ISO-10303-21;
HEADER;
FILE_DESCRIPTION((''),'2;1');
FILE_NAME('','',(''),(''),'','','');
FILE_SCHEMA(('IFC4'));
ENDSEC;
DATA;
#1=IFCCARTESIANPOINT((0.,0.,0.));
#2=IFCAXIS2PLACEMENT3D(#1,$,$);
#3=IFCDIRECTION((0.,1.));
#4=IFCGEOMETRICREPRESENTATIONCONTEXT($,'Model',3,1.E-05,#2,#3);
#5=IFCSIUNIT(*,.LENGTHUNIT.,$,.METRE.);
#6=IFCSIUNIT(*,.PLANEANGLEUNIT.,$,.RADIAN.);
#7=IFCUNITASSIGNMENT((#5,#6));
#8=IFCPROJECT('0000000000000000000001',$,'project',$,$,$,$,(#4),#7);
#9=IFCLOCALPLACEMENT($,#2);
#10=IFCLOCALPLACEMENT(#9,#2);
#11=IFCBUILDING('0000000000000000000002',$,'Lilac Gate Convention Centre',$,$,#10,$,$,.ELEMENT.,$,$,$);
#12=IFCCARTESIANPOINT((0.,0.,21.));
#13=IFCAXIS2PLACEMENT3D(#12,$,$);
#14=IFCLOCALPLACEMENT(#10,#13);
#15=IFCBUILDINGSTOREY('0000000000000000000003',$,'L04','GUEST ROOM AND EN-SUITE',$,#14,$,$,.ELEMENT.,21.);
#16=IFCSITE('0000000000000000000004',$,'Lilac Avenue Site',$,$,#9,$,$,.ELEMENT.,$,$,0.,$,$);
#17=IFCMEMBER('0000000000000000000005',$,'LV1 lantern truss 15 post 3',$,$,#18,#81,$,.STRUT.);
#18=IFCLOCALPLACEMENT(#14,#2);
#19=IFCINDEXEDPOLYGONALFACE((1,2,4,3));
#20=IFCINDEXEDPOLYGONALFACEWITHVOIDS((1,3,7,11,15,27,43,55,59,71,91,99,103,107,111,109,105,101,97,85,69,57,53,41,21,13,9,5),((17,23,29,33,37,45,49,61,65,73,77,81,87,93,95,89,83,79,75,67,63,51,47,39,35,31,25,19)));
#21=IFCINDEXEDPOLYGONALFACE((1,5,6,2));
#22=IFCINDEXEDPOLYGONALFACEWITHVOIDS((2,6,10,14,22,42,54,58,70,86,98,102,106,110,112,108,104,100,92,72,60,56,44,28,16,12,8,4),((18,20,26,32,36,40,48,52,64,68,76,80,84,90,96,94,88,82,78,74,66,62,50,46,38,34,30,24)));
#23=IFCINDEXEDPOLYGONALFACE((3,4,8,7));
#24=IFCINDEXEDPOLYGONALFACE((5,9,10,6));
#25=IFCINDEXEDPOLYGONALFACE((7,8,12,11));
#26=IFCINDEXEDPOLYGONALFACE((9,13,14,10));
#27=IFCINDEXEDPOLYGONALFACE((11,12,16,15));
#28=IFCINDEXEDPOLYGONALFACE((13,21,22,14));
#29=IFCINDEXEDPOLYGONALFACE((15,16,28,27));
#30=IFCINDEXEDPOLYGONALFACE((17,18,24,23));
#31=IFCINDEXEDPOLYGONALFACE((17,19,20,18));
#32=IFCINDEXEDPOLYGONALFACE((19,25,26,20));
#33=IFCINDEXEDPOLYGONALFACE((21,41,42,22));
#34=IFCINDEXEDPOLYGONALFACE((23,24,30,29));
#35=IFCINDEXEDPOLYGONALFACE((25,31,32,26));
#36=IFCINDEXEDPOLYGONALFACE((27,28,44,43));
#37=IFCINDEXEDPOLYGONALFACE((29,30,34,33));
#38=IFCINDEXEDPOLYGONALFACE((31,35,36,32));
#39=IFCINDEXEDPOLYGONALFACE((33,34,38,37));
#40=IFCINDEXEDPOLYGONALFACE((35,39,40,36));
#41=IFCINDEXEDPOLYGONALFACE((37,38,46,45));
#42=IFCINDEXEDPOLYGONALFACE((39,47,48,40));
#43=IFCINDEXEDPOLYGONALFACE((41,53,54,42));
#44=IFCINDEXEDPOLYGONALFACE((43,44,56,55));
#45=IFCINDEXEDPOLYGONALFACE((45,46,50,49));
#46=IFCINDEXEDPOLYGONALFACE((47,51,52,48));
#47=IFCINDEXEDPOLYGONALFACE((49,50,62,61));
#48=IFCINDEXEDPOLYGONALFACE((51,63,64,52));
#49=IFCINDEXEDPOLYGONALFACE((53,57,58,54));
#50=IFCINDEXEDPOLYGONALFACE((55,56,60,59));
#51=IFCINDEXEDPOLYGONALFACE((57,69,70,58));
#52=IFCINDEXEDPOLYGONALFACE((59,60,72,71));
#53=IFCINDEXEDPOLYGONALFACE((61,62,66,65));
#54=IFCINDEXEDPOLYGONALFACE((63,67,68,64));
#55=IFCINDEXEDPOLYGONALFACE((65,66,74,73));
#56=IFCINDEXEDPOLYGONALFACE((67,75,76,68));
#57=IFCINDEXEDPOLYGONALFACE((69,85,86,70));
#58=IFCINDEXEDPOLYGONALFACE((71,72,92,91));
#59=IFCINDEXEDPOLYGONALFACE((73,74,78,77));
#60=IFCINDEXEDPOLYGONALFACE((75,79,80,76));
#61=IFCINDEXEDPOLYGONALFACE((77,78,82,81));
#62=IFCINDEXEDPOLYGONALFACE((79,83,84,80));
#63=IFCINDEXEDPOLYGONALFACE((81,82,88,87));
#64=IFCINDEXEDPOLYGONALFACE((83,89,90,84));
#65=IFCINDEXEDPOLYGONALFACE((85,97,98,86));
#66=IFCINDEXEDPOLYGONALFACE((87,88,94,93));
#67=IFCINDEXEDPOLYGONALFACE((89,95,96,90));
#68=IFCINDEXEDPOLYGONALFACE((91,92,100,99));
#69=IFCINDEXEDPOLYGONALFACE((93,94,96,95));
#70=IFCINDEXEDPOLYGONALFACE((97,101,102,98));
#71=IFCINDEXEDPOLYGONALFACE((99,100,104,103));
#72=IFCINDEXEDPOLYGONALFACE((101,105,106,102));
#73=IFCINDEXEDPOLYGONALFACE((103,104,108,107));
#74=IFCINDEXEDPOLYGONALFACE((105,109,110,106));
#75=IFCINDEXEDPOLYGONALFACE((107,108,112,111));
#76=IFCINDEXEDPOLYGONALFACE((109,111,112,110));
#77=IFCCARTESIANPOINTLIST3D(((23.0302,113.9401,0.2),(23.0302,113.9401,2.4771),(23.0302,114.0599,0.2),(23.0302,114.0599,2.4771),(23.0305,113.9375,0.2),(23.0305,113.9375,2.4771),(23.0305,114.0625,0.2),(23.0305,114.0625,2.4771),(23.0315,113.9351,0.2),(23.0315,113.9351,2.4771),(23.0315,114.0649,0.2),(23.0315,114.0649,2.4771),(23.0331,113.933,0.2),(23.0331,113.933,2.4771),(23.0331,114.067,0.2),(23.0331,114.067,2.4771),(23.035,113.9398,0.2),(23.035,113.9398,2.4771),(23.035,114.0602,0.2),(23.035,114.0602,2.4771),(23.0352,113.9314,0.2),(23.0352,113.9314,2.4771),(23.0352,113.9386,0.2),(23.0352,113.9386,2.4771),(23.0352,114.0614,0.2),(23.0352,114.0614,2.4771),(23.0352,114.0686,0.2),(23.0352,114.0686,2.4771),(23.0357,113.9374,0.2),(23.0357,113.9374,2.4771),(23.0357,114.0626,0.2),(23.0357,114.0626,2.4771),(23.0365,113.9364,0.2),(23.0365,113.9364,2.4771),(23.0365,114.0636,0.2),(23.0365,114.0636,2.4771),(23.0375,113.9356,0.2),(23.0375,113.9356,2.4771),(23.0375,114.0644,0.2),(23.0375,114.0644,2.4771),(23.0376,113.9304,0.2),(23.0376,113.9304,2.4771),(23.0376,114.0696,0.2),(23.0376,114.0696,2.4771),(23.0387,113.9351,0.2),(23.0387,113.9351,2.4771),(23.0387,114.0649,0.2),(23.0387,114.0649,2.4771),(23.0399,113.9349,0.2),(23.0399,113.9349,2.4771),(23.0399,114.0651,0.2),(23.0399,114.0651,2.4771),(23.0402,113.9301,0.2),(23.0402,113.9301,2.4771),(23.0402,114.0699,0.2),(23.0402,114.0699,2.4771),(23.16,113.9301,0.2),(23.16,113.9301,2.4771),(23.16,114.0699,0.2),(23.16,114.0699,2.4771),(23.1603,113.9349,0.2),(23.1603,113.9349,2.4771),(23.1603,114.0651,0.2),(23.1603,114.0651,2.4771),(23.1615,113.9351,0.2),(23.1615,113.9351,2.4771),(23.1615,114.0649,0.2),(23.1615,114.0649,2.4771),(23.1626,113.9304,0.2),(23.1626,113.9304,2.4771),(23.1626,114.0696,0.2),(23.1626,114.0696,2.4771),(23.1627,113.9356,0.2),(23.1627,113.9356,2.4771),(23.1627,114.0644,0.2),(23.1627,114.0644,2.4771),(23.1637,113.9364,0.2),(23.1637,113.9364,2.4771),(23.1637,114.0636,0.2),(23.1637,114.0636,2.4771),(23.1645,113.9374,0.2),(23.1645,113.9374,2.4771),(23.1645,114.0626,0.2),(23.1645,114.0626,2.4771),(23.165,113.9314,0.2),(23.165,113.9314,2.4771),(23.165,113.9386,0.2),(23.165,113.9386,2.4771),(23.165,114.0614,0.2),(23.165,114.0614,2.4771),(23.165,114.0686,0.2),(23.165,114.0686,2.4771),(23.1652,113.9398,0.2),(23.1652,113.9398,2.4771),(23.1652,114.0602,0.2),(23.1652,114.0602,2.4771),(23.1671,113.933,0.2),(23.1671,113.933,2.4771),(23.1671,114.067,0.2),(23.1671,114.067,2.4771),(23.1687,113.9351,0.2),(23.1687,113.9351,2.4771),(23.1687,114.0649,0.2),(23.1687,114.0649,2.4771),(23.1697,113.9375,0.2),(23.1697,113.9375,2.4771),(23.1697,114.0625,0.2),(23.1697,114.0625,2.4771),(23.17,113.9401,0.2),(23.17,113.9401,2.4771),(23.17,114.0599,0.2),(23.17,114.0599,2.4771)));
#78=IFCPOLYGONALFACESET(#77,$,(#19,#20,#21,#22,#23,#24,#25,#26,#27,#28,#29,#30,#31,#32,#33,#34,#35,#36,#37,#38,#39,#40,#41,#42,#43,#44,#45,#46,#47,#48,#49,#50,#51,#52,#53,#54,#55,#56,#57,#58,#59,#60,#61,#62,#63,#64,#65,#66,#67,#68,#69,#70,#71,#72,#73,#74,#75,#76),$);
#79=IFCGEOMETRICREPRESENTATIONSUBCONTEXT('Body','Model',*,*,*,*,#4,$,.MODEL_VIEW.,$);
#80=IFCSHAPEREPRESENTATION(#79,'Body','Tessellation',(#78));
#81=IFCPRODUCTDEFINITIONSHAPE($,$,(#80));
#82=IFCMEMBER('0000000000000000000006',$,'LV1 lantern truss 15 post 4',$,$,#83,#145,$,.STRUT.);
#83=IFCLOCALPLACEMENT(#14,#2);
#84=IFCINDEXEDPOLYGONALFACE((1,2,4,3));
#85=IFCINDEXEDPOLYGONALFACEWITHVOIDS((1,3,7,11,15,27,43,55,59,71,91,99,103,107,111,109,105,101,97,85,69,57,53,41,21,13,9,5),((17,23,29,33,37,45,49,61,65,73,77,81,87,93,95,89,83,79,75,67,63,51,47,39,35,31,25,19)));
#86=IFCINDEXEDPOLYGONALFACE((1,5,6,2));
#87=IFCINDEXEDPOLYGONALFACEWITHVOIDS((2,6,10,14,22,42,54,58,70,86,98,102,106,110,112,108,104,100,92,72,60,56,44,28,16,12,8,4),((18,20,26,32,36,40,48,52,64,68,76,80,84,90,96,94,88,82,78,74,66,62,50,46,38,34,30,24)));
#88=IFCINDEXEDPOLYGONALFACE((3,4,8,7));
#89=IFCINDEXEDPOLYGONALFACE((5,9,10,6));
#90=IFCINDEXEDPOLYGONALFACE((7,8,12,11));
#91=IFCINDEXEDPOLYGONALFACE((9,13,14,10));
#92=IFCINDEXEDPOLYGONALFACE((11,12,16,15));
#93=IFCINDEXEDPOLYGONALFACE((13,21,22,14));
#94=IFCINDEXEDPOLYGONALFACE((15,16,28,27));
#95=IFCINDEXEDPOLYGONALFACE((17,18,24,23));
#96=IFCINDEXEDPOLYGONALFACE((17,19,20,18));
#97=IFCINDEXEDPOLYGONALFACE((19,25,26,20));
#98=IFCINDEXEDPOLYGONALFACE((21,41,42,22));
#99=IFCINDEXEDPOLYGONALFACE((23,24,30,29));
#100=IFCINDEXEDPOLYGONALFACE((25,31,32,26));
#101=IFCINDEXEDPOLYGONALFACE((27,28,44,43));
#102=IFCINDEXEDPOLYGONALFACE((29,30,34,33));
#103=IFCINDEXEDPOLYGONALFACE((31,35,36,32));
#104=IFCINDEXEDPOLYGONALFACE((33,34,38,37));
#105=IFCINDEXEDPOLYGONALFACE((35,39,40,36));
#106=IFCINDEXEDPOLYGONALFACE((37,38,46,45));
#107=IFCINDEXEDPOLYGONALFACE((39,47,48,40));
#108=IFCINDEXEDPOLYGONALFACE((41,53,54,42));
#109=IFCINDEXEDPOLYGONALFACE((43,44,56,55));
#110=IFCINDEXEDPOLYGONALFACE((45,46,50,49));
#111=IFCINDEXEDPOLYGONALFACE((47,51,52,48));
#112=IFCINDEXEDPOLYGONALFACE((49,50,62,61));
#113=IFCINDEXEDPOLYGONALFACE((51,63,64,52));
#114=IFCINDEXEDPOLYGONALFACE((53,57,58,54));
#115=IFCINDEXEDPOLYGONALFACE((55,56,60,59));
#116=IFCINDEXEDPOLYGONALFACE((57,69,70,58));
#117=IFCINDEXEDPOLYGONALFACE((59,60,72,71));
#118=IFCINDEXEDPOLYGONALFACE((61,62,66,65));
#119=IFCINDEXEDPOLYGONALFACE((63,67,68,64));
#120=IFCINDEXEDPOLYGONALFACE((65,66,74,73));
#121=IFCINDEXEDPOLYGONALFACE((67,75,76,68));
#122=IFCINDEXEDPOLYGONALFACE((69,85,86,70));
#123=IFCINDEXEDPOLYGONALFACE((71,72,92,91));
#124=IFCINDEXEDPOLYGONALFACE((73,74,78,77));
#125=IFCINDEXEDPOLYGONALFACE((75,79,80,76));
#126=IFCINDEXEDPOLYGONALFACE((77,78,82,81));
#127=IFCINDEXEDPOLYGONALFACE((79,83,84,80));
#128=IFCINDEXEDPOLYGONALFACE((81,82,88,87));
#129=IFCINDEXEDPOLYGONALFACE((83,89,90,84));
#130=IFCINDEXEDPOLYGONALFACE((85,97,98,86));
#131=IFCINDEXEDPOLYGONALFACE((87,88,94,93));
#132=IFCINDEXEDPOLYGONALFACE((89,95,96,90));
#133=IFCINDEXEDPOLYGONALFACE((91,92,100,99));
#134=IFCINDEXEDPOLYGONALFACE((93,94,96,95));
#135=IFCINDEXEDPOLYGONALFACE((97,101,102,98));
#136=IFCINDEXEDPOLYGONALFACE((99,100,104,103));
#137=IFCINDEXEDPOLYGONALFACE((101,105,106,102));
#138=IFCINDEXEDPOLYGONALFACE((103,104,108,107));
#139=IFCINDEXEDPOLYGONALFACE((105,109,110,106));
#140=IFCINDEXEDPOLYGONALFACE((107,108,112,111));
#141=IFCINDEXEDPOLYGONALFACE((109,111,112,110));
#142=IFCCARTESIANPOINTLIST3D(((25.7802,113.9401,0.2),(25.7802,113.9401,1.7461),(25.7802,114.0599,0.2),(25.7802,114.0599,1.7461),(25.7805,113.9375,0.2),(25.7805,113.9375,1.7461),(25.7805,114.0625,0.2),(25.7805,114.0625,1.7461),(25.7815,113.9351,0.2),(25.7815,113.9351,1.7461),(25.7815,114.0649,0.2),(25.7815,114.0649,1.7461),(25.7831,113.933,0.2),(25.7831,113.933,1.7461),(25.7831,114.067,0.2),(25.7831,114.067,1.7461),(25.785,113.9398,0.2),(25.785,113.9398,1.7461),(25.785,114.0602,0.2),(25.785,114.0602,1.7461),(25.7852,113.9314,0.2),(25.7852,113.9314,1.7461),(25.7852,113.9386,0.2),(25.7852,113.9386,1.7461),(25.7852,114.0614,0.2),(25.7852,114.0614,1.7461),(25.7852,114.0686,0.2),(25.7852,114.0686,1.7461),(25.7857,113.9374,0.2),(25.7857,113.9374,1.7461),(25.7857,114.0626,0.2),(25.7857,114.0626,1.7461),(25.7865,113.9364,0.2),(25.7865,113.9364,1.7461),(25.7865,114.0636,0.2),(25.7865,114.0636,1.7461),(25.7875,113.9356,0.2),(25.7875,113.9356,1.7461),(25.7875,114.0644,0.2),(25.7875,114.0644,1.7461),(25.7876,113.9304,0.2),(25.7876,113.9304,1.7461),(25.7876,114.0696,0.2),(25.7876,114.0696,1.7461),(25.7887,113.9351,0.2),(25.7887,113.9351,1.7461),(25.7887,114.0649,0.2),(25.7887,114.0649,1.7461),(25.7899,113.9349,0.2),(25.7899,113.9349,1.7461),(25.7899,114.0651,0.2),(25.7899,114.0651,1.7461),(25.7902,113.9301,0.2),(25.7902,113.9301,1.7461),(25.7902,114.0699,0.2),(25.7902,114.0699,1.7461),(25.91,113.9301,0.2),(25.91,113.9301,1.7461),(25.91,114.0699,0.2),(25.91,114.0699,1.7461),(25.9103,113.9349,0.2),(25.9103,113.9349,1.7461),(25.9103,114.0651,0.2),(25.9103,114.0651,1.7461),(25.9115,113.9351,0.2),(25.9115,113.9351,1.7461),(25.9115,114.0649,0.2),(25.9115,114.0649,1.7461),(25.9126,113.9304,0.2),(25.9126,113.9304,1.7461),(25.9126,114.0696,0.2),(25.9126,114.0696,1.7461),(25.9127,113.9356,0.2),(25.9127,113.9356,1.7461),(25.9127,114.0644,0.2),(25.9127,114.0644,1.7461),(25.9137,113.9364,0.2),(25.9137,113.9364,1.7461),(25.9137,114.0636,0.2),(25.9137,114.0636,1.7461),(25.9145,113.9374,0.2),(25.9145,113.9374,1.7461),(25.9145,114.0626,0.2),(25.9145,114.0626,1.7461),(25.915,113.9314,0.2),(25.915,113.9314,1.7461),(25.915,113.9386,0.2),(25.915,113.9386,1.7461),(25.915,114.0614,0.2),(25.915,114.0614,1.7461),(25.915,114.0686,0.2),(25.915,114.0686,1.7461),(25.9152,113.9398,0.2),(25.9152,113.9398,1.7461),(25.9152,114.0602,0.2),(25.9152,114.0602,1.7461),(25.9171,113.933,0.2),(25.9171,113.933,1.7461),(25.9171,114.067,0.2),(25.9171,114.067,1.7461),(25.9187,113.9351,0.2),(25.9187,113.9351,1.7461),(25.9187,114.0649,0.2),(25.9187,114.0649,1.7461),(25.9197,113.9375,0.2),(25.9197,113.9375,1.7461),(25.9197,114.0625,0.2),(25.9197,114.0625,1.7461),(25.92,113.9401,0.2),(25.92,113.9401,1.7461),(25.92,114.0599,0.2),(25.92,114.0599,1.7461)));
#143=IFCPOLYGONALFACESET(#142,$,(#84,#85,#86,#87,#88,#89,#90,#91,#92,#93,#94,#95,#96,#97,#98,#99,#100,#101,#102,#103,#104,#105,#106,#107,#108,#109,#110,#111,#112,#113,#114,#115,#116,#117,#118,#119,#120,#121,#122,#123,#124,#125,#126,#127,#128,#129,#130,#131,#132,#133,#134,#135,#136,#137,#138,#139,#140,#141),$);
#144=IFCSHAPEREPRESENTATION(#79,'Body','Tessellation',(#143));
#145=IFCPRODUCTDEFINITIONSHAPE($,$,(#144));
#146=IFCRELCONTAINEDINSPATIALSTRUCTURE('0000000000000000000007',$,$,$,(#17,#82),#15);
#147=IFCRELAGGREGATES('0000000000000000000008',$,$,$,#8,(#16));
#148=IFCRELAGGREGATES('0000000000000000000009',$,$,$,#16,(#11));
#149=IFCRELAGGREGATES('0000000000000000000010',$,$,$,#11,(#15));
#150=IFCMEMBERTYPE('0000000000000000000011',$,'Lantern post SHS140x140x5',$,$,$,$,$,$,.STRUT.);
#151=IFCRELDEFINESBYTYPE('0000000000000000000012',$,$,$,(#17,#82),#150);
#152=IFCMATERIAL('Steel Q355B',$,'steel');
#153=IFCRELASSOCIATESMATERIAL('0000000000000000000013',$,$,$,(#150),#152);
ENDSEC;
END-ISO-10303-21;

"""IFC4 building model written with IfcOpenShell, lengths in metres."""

from ifc_helpers import new_model, si_unit, direction, frame, origin, origin_2d, place, context, subcontext, project, spatial, hollow_rectangle, extrude, material, material_profile, profile_set, type_object, element, save


model = new_model("IFC4")

# Units and contexts
model_context = context("Model", 3, precision=1e-05, world=origin(), true_north=direction((0.0, 1.0)))
body_context = subcontext(model_context, "Body", "Model", "MODEL_VIEW")
ifc_project = project(units=[si_unit("LENGTHUNIT", "METRE"), si_unit("PLANEANGLEUNIT", "RADIAN")], contexts=[model_context])

# Site, building, storey
site_placement = place(None, origin())
site = spatial("IfcSite", under=ifc_project, at=site_placement, Name="Lilac Avenue Site", CompositionType="ELEMENT", RefElevation=0.0)
building_placement = place(site_placement, origin())
building = spatial("IfcBuilding", under=site, at=building_placement, Name="Lilac Gate Convention Centre", CompositionType="ELEMENT")
storey_placement = place(building_placement, frame((0.0, 0.0, 21.0)))
storey = spatial("IfcBuildingStorey", under=building, at=storey_placement, Name="L04", Description="GUEST ROOM AND EN-SUITE", CompositionType="ELEMENT", Elevation=21.0)

# Members
ifc_material_1 = material(Name="Steel Q355B", Category="steel")
ifc_material_profile_1 = material_profile(ifc_material_1, hollow_rectangle(XDim=0.1399, YDim=0.1399, WallThickness=0.0049, InnerFilletRadius=0.0049, OuterFilletRadius=0.01, at=origin_2d()), Name="SHS140x140x5")
ifc_profile_set_1 = profile_set([ifc_material_profile_1], Name="Steel Q355B")
member_type_1 = type_object("IfcMemberType", Name="Lantern post SHS140x140x5", PredefinedType="STRUT", material=ifc_profile_set_1)
member_1_placement = place(storey_placement, frame((23.1001, 114.0, 0.2), z_axis=(0.0, 0.0, 1.0), x_axis=(1.0, 0.0, 0.0)))
element("IfcMember", 1, at=member_1_placement, inside=storey, type_object=member_type_1, Name="LV1 lantern truss 15 post 3", PredefinedType="STRUT", context=body_context, shape_type="SweptSolid", body=[
    extrude(hollow_rectangle(XDim=0.1399, YDim=0.1399, WallThickness=0.0049, InnerFilletRadius=0.0049, OuterFilletRadius=0.01, at=origin_2d()), origin(), (0.0, 0.0, 1.0), 2.2771),
])
member_2_placement = place(storey_placement, frame((25.8501, 114.0, 0.2), z_axis=(0.0, 0.0, 1.0), x_axis=(1.0, 0.0, 0.0)))
element("IfcMember", 2, at=member_2_placement, inside=storey, type_object=member_type_1, Name="LV1 lantern truss 15 post 4", PredefinedType="STRUT", context=body_context, shape_type="SweptSolid", body=[
    extrude(hollow_rectangle(XDim=0.1399, YDim=0.1399, WallThickness=0.0049, InnerFilletRadius=0.0049, OuterFilletRadius=0.01, at=origin_2d()), origin(), (0.0, 0.0, 1.0), 1.5461),
])

save(model, "model.ifc")
